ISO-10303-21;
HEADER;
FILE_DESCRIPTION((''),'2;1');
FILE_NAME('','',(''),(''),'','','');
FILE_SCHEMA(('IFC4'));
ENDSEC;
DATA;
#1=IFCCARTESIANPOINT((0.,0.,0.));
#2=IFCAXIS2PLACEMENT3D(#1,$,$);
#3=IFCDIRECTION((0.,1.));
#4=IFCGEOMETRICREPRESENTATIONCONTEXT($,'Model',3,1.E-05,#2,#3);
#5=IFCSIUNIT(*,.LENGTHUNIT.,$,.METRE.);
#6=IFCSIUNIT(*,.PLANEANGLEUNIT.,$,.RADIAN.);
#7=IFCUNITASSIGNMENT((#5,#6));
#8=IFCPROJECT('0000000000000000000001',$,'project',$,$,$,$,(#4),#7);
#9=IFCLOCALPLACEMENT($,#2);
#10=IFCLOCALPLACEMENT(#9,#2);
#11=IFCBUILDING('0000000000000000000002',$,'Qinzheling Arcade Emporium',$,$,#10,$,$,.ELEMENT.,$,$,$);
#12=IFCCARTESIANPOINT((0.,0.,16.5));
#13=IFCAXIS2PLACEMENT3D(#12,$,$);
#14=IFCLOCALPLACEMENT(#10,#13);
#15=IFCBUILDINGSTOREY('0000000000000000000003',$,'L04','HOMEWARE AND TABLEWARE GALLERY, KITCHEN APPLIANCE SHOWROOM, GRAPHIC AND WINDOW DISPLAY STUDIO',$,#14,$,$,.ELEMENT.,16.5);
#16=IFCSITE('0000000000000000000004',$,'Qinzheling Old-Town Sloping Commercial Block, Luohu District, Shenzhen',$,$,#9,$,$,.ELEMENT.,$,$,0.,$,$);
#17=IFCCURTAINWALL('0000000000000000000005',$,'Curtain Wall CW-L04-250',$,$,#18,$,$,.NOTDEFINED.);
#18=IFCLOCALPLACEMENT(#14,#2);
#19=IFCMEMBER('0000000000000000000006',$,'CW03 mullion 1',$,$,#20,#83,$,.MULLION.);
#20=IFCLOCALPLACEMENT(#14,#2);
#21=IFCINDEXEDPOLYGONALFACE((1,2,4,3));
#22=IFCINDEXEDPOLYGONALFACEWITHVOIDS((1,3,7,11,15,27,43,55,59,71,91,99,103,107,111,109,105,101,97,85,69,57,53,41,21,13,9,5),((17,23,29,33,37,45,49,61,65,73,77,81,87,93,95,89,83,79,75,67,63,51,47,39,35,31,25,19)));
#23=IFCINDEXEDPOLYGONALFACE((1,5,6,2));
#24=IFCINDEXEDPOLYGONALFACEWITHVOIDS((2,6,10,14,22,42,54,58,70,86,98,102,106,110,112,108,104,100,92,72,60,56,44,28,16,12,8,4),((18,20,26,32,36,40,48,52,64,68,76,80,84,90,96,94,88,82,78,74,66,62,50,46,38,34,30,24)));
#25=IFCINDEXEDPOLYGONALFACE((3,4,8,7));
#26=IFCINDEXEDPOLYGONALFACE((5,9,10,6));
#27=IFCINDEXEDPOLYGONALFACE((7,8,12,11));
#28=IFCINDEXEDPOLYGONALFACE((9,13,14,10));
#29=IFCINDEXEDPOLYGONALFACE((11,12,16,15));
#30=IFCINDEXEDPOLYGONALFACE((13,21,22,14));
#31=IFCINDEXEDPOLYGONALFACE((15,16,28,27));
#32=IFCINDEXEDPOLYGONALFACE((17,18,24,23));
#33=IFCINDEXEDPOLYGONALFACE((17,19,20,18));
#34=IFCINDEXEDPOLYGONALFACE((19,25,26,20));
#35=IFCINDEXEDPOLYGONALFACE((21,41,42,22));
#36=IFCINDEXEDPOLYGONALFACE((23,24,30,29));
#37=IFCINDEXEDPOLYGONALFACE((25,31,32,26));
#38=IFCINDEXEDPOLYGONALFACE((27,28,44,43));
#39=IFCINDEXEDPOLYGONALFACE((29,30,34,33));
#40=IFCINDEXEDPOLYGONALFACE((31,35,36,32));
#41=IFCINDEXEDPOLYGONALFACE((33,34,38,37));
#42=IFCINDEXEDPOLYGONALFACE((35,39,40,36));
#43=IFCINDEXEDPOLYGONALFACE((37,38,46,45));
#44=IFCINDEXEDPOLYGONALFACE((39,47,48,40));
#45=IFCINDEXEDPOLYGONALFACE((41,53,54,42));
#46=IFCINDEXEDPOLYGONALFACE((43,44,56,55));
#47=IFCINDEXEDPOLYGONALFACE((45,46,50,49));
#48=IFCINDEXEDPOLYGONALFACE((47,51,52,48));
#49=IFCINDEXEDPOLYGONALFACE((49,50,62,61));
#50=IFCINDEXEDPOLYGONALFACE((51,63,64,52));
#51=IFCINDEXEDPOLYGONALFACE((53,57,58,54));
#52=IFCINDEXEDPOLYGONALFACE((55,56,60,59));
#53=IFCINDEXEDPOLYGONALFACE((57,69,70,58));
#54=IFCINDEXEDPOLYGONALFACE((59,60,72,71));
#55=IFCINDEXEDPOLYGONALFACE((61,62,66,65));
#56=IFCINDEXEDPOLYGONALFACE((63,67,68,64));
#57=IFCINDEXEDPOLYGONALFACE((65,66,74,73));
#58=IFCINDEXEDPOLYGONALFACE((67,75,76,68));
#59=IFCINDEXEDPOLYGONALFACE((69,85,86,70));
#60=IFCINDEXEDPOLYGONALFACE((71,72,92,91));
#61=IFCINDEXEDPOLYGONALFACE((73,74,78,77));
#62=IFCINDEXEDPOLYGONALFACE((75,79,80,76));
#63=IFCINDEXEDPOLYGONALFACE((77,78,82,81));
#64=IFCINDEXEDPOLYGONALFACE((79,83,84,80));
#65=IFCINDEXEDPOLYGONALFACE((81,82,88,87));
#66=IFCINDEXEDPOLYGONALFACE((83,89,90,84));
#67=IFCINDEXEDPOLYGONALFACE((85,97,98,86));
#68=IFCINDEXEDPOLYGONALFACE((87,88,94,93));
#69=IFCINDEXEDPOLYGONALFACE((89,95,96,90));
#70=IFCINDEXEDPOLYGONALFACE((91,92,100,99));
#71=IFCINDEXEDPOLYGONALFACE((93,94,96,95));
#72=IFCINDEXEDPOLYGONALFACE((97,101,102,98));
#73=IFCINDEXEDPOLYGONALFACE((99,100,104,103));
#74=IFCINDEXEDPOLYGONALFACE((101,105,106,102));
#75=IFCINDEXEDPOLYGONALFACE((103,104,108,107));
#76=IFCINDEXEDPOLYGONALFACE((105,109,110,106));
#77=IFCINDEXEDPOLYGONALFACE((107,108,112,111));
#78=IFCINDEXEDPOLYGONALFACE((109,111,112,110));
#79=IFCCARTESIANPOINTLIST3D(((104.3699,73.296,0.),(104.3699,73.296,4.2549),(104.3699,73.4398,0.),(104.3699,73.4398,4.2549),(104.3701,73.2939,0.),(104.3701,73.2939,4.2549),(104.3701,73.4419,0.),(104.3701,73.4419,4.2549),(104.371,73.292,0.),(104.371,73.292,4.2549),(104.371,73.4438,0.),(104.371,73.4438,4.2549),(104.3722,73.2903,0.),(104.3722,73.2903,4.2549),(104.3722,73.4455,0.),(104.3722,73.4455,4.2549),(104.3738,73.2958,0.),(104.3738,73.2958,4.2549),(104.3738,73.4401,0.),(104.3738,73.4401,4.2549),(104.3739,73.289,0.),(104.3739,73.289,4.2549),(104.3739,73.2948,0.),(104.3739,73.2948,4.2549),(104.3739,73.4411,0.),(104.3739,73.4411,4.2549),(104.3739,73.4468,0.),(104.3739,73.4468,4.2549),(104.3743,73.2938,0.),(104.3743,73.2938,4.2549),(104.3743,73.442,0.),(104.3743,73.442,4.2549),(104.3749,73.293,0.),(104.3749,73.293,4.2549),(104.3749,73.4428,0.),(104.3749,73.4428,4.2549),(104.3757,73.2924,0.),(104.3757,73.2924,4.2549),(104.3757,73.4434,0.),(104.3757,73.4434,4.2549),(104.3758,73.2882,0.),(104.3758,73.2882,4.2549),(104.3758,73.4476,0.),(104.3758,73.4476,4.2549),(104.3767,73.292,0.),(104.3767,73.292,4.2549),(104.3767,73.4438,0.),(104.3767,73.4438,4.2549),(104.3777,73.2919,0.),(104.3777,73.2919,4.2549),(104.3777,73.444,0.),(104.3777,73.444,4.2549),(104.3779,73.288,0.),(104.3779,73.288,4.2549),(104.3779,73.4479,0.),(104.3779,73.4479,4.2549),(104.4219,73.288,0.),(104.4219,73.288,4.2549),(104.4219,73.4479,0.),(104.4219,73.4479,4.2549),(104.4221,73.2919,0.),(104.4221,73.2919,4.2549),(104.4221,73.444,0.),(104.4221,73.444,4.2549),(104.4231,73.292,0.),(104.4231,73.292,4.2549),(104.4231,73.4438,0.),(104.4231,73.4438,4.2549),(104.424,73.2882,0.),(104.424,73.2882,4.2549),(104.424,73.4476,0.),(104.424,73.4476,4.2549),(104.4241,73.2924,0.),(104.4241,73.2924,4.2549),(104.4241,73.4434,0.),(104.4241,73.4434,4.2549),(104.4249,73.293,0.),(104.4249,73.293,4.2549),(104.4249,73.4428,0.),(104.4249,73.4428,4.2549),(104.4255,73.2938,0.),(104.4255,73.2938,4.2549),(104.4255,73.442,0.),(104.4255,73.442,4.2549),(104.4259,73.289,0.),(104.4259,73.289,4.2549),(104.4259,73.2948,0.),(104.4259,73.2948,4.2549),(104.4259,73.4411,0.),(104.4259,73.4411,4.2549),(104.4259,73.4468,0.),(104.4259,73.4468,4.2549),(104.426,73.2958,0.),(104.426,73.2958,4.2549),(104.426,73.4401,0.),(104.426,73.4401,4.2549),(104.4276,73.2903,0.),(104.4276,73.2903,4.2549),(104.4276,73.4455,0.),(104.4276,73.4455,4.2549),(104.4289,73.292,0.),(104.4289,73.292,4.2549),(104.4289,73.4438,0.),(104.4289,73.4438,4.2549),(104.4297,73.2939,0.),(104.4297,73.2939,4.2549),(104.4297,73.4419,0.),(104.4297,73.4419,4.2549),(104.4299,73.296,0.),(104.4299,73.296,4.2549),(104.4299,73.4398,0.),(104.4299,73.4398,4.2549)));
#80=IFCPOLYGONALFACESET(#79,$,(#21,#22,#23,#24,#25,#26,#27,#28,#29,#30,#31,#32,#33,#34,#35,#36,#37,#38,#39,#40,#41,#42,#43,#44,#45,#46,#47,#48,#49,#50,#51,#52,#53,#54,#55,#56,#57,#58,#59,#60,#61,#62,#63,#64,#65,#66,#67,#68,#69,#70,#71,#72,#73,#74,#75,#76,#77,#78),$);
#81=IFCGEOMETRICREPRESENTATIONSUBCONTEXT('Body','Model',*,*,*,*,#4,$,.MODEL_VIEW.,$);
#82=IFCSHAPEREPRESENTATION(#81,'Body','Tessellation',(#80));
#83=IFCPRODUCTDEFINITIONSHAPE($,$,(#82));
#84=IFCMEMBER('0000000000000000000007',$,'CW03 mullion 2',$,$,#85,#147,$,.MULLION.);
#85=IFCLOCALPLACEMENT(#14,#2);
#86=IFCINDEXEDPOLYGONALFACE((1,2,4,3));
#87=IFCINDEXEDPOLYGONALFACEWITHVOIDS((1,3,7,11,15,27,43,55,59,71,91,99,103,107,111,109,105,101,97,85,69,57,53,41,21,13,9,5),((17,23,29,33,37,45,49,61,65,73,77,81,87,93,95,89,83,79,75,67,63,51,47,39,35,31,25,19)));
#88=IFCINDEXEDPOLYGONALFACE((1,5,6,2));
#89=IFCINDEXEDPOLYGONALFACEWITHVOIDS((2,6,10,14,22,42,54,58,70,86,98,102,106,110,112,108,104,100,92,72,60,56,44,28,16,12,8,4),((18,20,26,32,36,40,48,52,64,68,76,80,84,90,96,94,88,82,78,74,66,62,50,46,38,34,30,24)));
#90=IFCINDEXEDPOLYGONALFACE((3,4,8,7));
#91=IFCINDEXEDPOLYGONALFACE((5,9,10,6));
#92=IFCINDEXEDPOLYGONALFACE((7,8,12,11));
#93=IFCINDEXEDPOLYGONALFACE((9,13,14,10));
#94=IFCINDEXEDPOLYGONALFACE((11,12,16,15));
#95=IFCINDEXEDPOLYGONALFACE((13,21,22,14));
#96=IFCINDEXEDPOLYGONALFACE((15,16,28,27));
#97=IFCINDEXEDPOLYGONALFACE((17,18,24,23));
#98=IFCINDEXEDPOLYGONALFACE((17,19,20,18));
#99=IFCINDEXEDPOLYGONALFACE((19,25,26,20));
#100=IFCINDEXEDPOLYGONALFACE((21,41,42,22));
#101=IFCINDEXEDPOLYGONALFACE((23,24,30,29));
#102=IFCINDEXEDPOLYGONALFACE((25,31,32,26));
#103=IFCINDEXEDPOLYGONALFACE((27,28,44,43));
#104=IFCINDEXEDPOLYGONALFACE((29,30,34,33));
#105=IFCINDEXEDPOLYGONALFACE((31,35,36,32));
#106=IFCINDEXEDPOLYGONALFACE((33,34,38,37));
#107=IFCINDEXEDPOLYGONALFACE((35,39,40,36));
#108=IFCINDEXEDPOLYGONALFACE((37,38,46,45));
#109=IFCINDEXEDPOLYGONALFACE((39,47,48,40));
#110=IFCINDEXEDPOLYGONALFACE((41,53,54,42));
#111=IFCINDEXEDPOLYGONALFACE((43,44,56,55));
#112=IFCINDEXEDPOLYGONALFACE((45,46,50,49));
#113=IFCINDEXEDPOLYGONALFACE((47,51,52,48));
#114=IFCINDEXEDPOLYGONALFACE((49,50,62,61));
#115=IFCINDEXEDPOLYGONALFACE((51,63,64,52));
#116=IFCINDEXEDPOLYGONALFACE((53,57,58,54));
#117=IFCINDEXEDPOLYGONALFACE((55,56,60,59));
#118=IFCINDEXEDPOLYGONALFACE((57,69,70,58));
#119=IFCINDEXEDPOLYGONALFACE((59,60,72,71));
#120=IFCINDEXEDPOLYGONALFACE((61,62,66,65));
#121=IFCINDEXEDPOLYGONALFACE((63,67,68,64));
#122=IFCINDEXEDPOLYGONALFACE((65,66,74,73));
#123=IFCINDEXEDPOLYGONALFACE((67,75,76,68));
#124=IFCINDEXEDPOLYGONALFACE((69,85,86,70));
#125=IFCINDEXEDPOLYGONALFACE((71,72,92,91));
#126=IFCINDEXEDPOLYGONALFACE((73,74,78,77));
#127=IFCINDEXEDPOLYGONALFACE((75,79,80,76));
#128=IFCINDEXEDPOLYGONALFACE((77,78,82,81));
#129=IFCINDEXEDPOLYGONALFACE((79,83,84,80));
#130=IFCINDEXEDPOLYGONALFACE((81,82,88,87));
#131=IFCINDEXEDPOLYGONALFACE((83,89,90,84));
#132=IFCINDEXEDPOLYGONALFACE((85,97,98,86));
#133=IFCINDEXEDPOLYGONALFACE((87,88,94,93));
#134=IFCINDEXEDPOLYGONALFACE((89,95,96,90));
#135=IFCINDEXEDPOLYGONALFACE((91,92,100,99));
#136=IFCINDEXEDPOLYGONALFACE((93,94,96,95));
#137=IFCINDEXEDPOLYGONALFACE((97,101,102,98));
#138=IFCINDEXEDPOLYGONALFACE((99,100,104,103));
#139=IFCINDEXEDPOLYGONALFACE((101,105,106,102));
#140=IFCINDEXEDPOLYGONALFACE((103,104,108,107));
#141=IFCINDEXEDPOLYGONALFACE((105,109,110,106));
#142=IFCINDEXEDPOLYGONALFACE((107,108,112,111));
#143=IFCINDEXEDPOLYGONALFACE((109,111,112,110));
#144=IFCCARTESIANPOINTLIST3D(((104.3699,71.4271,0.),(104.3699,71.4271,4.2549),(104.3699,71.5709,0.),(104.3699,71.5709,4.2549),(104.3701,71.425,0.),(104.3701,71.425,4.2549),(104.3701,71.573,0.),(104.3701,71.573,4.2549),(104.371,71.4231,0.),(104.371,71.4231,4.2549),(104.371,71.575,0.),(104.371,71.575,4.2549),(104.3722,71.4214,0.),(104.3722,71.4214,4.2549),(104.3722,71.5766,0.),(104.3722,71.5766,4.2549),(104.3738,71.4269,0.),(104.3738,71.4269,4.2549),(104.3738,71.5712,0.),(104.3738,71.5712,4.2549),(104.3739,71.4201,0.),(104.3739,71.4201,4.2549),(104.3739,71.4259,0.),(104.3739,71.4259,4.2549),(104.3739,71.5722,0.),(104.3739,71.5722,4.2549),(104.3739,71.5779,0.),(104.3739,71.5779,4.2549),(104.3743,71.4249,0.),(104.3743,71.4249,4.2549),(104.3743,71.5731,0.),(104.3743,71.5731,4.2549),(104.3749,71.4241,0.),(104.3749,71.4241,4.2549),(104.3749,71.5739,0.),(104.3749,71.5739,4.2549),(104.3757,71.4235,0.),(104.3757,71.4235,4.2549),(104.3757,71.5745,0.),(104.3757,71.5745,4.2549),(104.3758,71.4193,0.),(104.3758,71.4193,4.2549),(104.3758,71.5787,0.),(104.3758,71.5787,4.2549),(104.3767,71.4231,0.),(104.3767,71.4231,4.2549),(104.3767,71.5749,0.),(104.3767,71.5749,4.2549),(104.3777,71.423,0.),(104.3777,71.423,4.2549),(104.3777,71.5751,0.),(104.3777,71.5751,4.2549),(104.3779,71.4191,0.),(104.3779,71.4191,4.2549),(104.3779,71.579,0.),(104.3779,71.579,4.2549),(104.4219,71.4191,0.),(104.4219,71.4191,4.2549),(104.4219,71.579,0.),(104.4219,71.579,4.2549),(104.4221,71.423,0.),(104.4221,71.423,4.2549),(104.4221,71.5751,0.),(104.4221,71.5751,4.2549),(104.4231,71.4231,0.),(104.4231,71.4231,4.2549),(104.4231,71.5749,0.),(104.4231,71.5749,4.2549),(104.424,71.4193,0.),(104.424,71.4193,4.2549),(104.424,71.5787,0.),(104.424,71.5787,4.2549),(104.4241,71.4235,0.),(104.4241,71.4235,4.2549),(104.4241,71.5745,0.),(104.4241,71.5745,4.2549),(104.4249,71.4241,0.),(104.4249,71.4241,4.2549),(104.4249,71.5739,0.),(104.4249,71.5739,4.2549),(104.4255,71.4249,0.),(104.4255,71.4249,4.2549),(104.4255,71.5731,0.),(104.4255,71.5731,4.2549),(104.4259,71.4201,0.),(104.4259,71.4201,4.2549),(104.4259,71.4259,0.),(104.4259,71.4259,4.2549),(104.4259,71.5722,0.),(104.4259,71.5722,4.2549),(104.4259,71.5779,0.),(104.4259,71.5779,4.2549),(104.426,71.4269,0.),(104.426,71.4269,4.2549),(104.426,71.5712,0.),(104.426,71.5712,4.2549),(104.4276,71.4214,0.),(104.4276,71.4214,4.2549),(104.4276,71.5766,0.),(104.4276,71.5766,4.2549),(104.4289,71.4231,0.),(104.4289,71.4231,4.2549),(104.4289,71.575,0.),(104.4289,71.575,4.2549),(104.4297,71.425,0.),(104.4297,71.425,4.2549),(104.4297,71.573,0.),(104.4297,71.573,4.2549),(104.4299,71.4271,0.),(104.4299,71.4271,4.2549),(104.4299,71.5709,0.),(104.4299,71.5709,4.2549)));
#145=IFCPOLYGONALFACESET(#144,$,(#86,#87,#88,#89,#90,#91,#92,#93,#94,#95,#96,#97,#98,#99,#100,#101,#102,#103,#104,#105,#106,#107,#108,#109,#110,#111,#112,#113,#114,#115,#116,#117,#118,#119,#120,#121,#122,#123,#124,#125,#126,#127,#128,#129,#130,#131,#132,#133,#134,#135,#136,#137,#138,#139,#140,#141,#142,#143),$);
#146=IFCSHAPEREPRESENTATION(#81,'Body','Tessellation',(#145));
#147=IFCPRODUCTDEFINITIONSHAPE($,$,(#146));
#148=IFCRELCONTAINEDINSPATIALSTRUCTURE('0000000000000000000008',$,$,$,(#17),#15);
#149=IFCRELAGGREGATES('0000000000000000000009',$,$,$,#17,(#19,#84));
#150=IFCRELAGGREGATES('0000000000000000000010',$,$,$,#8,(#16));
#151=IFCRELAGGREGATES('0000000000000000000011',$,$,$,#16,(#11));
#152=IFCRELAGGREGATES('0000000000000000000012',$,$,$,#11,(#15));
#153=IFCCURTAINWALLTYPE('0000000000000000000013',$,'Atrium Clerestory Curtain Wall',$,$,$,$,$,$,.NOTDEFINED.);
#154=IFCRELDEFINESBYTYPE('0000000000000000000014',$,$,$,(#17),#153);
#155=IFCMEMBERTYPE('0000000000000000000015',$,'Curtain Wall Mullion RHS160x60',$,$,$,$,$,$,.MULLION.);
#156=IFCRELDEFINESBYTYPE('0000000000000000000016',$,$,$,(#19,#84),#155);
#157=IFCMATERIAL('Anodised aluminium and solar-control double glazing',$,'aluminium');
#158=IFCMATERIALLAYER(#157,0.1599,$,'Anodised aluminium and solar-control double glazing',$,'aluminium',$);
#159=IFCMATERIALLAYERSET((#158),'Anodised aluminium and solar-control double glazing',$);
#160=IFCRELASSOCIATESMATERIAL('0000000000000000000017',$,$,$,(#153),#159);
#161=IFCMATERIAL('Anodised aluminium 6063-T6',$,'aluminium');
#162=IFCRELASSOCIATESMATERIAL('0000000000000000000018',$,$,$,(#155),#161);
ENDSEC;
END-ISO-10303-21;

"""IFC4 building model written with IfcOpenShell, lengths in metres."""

from ifc_helpers import new_model, si_unit, direction, frame, origin, origin_2d, place, context, subcontext, project, spatial, hollow_rectangle, extrude, material, layer, layer_set, material_profile, profile_set, type_object, element, aggregate, save


model = new_model("IFC4")

# Units and contexts
model_context = context("Model", 3, precision=1e-05, world=origin(), true_north=direction((0.0, 1.0)))
body_context = subcontext(model_context, "Body", "Model", "MODEL_VIEW")
ifc_project = project(units=[si_unit("LENGTHUNIT", "METRE"), si_unit("PLANEANGLEUNIT", "RADIAN")], contexts=[model_context])

# Site, building, storey
site_placement = place(None, origin())
site = spatial("IfcSite", under=ifc_project, at=site_placement, Name="Qinzheling Old-Town Sloping Commercial Block, Luohu District, Shenzhen", CompositionType="ELEMENT", RefElevation=0.0)
building_placement = place(site_placement, origin())
building = spatial("IfcBuilding", under=site, at=building_placement, Name="Qinzheling Arcade Emporium", CompositionType="ELEMENT")
storey_placement = place(building_placement, frame((0.0, 0.0, 16.5)))
storey = spatial("IfcBuildingStorey", under=building, at=storey_placement, Name="L04", Description="HOMEWARE AND TABLEWARE GALLERY, KITCHEN APPLIANCE SHOWROOM, GRAPHIC AND WINDOW DISPLAY STUDIO", CompositionType="ELEMENT", Elevation=16.5)

# Curtain wall, members
ifc_material_1 = material(Name="Anodised aluminium and solar-control double glazing", Category="aluminium")
ifc_layer_1 = layer(ifc_material_1, 0.1599, Name="Anodised aluminium and solar-control double glazing", Category="aluminium")
ifc_layer_set_1 = layer_set([ifc_layer_1], Name="Anodised aluminium and solar-control double glazing")
curtain_wall_type = type_object("IfcCurtainWallType", Name="Atrium Clerestory Curtain Wall", PredefinedType="NOTDEFINED", material=ifc_layer_set_1)
curtain_wall_placement = place(storey_placement, origin())
curtain_wall = element("IfcCurtainWall", 1, at=curtain_wall_placement, inside=storey, type_object=curtain_wall_type, Name="Curtain Wall CW-L04-250", PredefinedType="NOTDEFINED")
ifc_material_2 = material(Name="Anodised aluminium 6063-T6", Category="aluminium")
ifc_material_profile_1 = material_profile(ifc_material_2, hollow_rectangle(XDim=0.0601, YDim=0.1599, WallThickness=0.0039, InnerFilletRadius=0.0039, OuterFilletRadius=0.0081, at=origin_2d()), Name="RHS 160x60x4", Category="aluminium")
ifc_profile_set_1 = profile_set([ifc_material_profile_1], Name="Anodised aluminium 6063-T6")
member_type_1 = type_object("IfcMemberType", Name="Curtain Wall Mullion RHS160x60", PredefinedType="MULLION", material=ifc_profile_set_1)
member_1_placement = place(storey_placement, frame((104.3999, 73.3679, 0.0), z_axis=(0.0, 0.0, 1.0), x_axis=(1.0, 0.0, 0.0)))
member_1 = element("IfcMember", 2, at=member_1_placement, type_object=member_type_1, Name="CW03 mullion 1", PredefinedType="MULLION", context=body_context, shape_type="SweptSolid", body=[
    extrude(hollow_rectangle(XDim=0.0601, YDim=0.1599, WallThickness=0.0039, InnerFilletRadius=0.0039, OuterFilletRadius=0.0081, at=origin_2d()), origin(), (0.0, 0.0, 1.0), 4.2549),
])
member_2_placement = place(storey_placement, frame((104.3999, 71.499, 0.0), z_axis=(0.0, 0.0, 1.0), x_axis=(1.0, 0.0, 0.0)))
member_2 = element("IfcMember", 3, at=member_2_placement, type_object=member_type_1, Name="CW03 mullion 2", PredefinedType="MULLION", context=body_context, shape_type="SweptSolid", body=[
    extrude(hollow_rectangle(XDim=0.0601, YDim=0.1599, WallThickness=0.0039, InnerFilletRadius=0.0039, OuterFilletRadius=0.0081, at=origin_2d()), origin(), (0.0, 0.0, 1.0), 4.2549),
])

aggregate(curtain_wall, [member_1, member_2])

save(model, "model.ifc")
